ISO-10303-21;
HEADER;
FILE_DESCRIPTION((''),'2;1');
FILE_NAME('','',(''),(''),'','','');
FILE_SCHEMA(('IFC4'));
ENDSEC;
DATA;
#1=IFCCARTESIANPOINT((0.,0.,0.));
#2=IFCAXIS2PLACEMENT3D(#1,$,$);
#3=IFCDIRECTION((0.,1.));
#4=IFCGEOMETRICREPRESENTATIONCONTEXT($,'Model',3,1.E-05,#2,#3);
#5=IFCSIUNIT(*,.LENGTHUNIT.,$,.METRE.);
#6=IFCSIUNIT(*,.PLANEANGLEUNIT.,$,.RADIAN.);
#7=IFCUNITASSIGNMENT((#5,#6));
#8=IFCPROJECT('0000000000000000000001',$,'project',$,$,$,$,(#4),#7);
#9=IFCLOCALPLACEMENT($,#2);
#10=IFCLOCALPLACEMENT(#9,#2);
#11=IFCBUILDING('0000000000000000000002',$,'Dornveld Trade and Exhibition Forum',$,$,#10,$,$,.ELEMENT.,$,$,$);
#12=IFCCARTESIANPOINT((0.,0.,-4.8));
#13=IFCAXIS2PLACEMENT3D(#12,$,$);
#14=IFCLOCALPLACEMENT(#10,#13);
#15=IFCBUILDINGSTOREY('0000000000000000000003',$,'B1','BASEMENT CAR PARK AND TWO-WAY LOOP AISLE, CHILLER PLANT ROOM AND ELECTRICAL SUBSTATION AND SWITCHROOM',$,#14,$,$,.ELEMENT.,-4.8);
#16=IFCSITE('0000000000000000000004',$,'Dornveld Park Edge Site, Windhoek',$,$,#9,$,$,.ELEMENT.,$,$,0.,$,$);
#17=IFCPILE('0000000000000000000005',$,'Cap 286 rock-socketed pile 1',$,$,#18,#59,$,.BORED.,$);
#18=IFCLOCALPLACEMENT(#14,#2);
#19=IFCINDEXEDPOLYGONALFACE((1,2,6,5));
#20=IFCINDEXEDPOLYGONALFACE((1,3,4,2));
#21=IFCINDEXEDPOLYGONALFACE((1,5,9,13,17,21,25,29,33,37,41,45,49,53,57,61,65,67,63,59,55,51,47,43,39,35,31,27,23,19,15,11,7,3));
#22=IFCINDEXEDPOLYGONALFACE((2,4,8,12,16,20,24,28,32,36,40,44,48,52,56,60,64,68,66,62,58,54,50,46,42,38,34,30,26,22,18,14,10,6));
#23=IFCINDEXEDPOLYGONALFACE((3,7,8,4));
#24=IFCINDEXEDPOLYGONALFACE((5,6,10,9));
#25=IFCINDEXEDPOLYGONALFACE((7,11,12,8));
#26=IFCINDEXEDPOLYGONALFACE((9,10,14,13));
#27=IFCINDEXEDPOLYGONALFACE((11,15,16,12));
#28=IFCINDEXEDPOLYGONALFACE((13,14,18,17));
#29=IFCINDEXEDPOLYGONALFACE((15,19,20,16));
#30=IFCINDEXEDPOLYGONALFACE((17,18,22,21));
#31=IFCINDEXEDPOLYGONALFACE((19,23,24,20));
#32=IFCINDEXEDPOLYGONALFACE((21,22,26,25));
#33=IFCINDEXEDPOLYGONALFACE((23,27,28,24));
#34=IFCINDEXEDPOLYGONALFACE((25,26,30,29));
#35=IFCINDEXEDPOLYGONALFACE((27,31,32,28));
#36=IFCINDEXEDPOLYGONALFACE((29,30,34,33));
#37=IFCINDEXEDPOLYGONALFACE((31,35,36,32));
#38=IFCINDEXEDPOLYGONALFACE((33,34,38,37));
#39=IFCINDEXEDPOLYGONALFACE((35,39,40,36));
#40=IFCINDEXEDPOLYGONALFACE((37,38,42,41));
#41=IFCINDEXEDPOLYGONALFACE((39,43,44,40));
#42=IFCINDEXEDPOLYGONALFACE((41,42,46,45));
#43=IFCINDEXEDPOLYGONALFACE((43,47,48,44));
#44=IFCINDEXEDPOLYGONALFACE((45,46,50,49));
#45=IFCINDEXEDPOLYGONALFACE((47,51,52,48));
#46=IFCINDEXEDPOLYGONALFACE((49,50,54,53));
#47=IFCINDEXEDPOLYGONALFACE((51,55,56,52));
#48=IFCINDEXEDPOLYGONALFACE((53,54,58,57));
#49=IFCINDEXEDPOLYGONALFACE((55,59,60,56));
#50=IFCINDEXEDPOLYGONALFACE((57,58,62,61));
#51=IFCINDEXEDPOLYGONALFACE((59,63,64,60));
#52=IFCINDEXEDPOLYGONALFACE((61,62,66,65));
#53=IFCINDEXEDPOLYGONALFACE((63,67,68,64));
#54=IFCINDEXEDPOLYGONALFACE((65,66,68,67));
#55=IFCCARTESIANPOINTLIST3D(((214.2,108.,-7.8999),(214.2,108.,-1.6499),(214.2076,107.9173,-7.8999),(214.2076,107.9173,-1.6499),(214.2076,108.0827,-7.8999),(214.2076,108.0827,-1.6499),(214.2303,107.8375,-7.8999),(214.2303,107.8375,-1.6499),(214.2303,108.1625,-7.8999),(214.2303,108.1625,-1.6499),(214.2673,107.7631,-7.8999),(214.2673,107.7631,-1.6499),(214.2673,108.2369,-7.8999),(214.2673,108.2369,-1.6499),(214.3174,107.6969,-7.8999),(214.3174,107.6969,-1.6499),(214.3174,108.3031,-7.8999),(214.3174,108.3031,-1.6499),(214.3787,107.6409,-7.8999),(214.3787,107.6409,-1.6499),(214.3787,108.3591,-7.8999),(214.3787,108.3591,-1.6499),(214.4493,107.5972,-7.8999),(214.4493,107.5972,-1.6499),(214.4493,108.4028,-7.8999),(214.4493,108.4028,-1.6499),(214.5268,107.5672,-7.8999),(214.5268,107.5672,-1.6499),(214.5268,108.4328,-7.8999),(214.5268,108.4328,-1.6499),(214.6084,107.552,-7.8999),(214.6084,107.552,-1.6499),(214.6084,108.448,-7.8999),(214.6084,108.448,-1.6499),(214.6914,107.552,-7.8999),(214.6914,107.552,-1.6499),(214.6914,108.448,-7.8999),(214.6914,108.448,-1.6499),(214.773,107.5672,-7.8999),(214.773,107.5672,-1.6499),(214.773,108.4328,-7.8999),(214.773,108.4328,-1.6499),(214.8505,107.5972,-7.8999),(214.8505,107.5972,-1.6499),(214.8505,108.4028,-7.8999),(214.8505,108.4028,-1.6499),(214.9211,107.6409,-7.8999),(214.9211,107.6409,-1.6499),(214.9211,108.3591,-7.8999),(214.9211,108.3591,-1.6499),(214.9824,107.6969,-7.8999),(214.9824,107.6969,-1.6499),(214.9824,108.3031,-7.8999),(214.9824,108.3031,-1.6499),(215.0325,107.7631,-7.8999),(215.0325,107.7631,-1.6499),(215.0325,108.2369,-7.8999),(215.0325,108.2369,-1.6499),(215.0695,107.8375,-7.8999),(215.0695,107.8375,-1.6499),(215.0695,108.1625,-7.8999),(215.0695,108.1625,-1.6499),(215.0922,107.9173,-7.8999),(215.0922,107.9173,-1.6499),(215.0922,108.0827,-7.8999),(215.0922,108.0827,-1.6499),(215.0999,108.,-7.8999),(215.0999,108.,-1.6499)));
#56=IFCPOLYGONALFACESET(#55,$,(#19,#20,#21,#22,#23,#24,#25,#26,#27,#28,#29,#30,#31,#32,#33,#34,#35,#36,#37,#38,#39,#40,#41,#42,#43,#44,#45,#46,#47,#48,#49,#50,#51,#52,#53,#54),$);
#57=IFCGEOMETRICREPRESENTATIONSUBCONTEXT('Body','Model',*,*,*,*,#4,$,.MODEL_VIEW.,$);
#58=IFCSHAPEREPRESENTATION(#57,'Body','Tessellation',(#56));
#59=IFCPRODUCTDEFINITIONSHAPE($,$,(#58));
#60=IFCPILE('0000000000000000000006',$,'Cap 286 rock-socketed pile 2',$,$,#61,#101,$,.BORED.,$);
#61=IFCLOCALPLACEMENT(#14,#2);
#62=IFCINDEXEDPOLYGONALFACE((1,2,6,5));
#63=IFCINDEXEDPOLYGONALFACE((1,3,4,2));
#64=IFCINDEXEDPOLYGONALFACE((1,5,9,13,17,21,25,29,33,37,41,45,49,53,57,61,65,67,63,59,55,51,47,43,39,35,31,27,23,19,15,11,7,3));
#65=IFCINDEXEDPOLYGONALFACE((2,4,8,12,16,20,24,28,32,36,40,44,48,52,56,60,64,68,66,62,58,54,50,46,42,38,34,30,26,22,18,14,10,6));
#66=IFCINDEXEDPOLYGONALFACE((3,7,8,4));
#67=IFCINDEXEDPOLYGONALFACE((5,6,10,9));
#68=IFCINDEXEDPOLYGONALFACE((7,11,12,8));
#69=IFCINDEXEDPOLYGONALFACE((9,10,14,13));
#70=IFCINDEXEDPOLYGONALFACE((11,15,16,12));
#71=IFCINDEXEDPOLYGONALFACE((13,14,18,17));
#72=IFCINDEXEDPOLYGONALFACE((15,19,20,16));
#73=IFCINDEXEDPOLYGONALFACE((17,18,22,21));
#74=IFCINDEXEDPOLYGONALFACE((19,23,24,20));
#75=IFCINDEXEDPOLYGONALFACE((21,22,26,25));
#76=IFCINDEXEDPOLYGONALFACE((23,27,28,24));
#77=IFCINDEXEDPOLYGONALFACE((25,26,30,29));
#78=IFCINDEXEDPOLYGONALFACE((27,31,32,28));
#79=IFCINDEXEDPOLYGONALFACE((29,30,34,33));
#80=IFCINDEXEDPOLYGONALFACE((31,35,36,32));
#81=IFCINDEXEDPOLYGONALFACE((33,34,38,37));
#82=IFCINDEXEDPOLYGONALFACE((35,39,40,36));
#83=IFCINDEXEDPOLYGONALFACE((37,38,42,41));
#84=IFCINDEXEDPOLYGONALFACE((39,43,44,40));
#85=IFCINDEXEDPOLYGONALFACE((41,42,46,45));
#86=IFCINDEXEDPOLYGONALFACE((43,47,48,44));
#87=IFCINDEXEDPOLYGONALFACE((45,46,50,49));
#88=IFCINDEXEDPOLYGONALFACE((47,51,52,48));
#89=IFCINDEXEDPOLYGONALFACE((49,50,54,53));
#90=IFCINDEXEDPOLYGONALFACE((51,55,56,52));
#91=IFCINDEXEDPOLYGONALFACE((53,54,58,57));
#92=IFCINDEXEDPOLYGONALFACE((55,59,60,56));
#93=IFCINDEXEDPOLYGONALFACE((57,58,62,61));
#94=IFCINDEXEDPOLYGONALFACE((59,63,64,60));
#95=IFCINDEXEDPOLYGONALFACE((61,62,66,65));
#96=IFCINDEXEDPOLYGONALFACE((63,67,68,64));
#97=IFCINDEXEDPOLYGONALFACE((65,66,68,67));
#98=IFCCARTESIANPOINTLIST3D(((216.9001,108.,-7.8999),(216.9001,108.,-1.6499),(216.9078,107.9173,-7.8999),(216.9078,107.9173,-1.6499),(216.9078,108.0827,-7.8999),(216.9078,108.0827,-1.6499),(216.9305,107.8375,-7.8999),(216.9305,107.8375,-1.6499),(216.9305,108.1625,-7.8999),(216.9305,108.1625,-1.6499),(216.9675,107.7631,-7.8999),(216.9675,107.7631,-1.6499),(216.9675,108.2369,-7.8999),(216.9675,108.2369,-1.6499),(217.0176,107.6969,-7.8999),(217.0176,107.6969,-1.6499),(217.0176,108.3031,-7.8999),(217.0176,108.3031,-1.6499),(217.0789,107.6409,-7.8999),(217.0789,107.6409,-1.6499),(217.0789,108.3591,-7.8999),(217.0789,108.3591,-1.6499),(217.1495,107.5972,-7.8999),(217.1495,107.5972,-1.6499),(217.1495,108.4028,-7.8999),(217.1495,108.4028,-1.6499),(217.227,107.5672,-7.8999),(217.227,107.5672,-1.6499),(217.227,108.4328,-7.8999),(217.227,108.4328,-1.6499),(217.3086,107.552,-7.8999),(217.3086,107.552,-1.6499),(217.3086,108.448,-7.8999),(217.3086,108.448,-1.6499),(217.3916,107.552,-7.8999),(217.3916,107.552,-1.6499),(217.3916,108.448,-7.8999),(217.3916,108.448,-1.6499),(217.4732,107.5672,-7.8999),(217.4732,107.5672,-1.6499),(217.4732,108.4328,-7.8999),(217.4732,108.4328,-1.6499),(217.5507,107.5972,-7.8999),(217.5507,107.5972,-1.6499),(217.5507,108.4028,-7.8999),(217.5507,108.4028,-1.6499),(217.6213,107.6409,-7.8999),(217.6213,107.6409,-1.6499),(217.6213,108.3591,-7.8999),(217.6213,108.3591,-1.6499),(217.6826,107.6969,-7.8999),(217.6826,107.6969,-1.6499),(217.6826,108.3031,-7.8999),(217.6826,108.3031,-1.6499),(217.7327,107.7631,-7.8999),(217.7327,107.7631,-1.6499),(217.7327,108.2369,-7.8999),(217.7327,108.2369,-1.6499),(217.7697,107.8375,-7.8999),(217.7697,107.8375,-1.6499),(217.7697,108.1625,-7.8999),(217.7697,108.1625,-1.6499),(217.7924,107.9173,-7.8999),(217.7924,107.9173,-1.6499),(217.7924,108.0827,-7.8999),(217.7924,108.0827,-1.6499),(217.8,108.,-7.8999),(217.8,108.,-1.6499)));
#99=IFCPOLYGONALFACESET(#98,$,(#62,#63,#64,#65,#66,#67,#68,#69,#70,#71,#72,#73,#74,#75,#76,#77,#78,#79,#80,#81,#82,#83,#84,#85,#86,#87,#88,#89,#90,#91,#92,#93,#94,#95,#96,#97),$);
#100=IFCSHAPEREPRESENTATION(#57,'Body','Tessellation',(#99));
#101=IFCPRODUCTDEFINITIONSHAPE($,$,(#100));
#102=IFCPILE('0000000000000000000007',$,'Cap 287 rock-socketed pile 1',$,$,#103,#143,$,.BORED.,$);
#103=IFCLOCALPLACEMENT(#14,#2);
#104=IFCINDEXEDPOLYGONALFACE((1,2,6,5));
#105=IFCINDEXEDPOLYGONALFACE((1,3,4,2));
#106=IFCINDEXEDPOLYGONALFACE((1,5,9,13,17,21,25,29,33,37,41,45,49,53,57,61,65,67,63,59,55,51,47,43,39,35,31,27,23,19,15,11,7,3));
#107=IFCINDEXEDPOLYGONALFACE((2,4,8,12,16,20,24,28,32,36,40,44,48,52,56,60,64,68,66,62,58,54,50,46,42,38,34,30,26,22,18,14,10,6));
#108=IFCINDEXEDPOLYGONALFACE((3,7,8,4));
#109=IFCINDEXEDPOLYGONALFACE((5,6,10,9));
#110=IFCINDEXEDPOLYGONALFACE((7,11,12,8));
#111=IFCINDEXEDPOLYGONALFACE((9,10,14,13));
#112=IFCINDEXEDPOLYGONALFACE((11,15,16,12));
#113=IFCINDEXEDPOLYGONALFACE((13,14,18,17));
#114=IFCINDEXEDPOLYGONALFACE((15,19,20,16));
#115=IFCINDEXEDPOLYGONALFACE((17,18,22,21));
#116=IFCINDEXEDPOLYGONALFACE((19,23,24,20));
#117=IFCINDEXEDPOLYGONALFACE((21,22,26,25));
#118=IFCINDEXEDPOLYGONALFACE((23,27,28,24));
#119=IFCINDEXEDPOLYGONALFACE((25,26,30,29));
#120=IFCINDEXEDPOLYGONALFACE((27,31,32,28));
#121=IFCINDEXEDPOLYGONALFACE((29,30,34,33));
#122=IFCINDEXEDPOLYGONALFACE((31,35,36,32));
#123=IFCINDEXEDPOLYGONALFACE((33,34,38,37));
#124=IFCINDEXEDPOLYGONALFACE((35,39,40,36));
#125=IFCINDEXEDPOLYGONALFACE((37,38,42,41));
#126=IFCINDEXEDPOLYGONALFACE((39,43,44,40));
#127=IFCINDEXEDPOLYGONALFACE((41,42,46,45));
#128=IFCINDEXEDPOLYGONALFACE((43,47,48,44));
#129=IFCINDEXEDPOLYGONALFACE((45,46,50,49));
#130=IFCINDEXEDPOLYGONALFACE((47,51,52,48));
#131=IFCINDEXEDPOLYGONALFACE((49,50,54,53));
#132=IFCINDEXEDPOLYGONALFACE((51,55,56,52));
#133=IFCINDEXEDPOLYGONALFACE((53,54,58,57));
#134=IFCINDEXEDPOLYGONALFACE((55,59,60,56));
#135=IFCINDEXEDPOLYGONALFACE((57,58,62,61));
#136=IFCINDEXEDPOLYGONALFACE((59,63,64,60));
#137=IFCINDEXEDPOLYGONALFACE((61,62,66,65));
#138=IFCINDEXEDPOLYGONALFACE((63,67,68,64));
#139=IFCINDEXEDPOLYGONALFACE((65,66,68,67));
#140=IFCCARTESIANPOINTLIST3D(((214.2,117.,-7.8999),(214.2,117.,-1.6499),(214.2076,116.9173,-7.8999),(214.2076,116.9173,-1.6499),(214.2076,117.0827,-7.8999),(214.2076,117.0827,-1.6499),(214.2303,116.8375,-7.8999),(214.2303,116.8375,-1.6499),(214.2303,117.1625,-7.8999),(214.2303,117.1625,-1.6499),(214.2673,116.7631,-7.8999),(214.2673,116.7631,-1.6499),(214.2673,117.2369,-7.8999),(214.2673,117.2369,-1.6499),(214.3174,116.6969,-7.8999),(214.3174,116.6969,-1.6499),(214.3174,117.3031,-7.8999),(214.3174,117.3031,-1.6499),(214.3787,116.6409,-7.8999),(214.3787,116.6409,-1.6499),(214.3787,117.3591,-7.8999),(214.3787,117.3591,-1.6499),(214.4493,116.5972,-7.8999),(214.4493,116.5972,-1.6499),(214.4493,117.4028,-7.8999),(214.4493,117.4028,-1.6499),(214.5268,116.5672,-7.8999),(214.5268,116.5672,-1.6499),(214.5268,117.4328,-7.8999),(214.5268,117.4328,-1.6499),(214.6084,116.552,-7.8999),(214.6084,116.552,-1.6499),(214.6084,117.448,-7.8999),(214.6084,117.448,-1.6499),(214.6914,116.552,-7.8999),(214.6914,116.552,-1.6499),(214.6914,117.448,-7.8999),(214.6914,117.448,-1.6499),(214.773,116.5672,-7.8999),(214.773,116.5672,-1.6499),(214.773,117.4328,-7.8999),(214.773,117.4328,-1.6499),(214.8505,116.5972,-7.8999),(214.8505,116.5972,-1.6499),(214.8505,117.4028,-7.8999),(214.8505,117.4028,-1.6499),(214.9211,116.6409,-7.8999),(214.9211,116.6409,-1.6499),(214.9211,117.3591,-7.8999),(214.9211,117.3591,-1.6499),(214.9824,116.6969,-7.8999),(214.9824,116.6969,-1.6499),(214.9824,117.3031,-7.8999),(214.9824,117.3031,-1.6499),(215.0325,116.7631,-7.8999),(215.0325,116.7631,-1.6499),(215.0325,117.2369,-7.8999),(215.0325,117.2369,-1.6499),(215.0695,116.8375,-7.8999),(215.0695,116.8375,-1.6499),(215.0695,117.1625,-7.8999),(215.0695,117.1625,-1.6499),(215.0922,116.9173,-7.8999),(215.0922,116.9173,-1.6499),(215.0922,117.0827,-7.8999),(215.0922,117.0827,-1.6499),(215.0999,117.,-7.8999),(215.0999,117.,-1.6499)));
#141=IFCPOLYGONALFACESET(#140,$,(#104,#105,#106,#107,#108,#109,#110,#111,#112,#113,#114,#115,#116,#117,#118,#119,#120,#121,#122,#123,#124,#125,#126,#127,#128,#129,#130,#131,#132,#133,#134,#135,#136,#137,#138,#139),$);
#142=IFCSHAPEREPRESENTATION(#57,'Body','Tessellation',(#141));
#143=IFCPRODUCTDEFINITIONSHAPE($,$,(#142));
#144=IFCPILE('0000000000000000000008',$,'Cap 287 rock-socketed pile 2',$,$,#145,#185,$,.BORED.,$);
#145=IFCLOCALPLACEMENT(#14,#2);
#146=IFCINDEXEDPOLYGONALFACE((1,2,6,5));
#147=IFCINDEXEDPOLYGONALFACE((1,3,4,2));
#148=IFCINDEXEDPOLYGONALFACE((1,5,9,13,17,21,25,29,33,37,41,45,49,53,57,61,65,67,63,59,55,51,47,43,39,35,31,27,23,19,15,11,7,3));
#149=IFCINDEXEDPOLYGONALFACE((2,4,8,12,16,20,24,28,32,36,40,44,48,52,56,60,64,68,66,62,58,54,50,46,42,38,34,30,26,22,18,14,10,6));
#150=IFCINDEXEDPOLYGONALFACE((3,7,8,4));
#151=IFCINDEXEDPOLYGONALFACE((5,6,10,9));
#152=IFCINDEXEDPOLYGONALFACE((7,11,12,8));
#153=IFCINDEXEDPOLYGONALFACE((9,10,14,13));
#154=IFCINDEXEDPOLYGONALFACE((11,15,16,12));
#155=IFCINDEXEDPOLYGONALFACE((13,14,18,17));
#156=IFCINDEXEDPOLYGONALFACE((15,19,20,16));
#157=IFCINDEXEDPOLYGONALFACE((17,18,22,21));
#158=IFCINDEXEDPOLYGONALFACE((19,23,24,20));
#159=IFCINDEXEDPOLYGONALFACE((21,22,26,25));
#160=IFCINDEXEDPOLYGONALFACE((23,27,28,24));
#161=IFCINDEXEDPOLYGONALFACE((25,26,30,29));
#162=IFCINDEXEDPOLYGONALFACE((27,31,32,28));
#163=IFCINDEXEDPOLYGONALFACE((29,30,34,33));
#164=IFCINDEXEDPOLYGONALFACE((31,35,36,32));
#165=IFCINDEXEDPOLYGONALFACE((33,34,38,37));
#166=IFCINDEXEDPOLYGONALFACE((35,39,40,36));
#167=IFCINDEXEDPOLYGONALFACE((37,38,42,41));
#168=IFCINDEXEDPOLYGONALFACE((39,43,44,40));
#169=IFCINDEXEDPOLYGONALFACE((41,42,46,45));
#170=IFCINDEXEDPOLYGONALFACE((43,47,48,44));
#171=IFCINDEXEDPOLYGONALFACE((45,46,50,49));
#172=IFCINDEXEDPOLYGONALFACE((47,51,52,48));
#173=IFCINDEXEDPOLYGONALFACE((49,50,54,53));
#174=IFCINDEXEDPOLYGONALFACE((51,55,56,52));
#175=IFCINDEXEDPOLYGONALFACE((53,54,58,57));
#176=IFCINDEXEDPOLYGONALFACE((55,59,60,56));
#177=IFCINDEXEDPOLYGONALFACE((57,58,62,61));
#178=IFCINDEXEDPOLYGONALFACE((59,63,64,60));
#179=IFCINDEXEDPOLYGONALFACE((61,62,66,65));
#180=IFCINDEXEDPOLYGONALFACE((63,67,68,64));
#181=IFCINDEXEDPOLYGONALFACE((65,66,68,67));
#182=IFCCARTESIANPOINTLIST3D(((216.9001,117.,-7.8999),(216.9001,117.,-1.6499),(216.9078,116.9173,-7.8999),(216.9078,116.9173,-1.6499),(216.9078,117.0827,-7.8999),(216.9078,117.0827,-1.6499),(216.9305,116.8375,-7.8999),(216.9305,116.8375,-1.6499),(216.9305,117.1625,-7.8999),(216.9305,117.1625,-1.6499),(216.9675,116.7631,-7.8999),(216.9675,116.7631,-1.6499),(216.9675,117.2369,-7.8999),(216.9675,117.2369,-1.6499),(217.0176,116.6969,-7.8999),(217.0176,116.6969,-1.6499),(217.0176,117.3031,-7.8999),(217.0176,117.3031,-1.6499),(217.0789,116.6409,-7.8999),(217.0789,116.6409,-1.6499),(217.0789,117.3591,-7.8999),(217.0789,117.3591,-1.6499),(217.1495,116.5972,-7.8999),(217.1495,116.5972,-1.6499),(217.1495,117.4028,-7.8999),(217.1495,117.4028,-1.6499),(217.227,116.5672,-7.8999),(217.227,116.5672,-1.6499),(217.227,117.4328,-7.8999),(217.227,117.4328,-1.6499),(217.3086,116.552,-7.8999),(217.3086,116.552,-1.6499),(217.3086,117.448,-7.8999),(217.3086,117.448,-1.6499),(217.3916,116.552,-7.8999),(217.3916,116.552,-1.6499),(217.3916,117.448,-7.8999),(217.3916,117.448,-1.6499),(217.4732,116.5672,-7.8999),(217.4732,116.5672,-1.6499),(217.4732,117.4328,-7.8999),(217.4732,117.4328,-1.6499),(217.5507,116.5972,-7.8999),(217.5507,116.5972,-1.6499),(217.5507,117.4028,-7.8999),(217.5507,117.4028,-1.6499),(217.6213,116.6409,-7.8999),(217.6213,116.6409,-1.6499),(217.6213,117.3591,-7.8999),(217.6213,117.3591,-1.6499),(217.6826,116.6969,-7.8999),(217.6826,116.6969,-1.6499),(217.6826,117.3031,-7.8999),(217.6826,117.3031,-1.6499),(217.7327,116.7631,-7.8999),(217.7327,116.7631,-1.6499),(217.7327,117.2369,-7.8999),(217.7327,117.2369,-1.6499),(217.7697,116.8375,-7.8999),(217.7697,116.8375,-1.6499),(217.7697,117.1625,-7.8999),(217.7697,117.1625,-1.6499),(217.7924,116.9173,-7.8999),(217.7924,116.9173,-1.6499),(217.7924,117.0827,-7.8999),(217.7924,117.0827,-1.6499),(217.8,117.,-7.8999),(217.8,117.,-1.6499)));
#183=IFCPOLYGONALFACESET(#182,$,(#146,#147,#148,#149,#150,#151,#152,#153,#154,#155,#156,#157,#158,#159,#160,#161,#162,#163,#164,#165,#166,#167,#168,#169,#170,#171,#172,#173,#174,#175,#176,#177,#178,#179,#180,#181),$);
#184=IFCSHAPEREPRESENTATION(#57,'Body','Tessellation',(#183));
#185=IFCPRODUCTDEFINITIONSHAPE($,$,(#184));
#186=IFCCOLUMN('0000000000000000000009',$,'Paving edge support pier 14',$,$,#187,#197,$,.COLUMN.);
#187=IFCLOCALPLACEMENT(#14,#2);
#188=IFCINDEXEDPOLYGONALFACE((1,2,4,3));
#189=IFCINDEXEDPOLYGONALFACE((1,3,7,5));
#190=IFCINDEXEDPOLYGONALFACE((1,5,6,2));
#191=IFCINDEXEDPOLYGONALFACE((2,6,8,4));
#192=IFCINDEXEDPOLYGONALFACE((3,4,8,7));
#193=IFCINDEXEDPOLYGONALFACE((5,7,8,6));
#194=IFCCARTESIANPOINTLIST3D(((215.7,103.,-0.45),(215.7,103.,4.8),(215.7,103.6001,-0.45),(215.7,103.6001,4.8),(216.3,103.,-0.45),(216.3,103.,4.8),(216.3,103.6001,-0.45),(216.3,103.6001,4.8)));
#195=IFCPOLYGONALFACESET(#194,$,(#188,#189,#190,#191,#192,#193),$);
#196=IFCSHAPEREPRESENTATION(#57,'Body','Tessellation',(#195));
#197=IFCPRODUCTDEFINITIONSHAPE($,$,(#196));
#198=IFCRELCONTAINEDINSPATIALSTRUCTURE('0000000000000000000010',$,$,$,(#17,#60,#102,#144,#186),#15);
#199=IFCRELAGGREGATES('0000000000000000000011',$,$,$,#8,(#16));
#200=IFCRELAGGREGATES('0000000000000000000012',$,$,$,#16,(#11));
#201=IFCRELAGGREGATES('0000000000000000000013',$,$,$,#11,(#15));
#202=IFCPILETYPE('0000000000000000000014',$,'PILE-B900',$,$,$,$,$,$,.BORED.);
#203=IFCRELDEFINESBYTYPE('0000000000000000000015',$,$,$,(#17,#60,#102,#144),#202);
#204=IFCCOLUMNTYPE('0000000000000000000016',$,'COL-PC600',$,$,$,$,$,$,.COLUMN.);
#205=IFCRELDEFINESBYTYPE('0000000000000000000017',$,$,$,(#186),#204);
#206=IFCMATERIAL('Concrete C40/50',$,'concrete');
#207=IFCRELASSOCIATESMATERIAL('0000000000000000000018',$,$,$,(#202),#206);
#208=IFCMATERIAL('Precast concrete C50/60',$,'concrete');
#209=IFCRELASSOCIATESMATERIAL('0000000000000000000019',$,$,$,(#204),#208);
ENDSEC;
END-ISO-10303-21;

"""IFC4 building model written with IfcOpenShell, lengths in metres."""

from ifc_helpers import new_model, si_unit, direction, frame, origin, origin_2d, place, context, subcontext, project, spatial, rectangle, circle, extrude, material, material_profile, profile_set, type_object, element, save


model = new_model("IFC4")

# Units and contexts
model_context = context("Model", 3, precision=1e-05, world=origin(), true_north=direction((0.0, 1.0)))
body_context = subcontext(model_context, "Body", "Model", "MODEL_VIEW")
ifc_project = project(units=[si_unit("LENGTHUNIT", "METRE"), si_unit("PLANEANGLEUNIT", "RADIAN")], contexts=[model_context])

# Site, building, storey
site_placement = place(None, origin())
site = spatial("IfcSite", under=ifc_project, at=site_placement, Name="Dornveld Park Edge Site, Windhoek", CompositionType="ELEMENT", RefElevation=0.0)
building_placement = place(site_placement, origin())
building = spatial("IfcBuilding", under=site, at=building_placement, Name="Dornveld Trade and Exhibition Forum", CompositionType="ELEMENT")
storey_placement = place(building_placement, frame((0.0, 0.0, -4.8)))
storey = spatial("IfcBuildingStorey", under=building, at=storey_placement, Name="B1", Description="BASEMENT CAR PARK AND TWO-WAY LOOP AISLE, CHILLER PLANT ROOM AND ELECTRICAL SUBSTATION AND SWITCHROOM", CompositionType="ELEMENT", Elevation=-4.8)

# Piles
ifc_material_1 = material(Name="Concrete C40/50", Category="concrete")
ifc_material_profile_1 = material_profile(ifc_material_1, circle(Radius=0.45, at=origin_2d()), Name="PILE D900")
ifc_profile_set_1 = profile_set([ifc_material_profile_1], Name="Concrete C40/50")
pile_type_1 = type_object("IfcPileType", Name="PILE-B900", PredefinedType="BORED", material=ifc_profile_set_1)
for number, where, z_axis, x_axis, name in (
    (1, (214.6499, 108.0, -1.6499), (0.0, 0.0, -1.0), (1.0, 0.0, 0.0), "Cap 286 rock-socketed pile 1"),
    (2, (217.3501, 108.0, -1.6499), (0.0, 0.0, -1.0), (1.0, 0.0, 0.0), "Cap 286 rock-socketed pile 2"),
    (3, (214.6499, 117.0, -1.6499), (0.0, 0.0, -1.0), (1.0, 0.0, 0.0), "Cap 287 rock-socketed pile 1"),
    (4, (217.3501, 117.0, -1.6499), (0.0, 0.0, -1.0), (1.0, 0.0, 0.0), "Cap 287 rock-socketed pile 2"),
):
    element("IfcPile", number, at=place(storey_placement, frame(where, z_axis=z_axis, x_axis=x_axis)), inside=storey, type_object=pile_type_1, Name=name, PredefinedType="BORED", context=body_context, shape_type="SweptSolid", body=[
        extrude(circle(Radius=0.45, at=origin_2d()), origin(), (0.0, 0.0, 1.0), 6.25),
    ])

# Column
ifc_material_2 = material(Name="Precast concrete C50/60", Category="concrete")
ifc_material_profile_2 = material_profile(ifc_material_2, rectangle(XDim=0.6001, YDim=0.6001, at=origin_2d()), Name="PC-COL 600x600")
ifc_profile_set_2 = profile_set([ifc_material_profile_2], Name="Precast concrete C50/60")
column_type_1 = type_object("IfcColumnType", Name="COL-PC600", PredefinedType="COLUMN", material=ifc_profile_set_2)
column_placement = place(storey_placement, frame((216.0, 103.3, -0.45), z_axis=(0.0, 0.0, 1.0), x_axis=(1.0, 0.0, 0.0)))
element("IfcColumn", 5, at=column_placement, inside=storey, type_object=column_type_1, Name="Paving edge support pier 14", PredefinedType="COLUMN", context=body_context, shape_type="SweptSolid", body=[
    extrude(rectangle(XDim=0.6001, YDim=0.6001, at=origin_2d()), origin(), (0.0, 0.0, 1.0), 5.25),
])

save(model, "model.ifc")
